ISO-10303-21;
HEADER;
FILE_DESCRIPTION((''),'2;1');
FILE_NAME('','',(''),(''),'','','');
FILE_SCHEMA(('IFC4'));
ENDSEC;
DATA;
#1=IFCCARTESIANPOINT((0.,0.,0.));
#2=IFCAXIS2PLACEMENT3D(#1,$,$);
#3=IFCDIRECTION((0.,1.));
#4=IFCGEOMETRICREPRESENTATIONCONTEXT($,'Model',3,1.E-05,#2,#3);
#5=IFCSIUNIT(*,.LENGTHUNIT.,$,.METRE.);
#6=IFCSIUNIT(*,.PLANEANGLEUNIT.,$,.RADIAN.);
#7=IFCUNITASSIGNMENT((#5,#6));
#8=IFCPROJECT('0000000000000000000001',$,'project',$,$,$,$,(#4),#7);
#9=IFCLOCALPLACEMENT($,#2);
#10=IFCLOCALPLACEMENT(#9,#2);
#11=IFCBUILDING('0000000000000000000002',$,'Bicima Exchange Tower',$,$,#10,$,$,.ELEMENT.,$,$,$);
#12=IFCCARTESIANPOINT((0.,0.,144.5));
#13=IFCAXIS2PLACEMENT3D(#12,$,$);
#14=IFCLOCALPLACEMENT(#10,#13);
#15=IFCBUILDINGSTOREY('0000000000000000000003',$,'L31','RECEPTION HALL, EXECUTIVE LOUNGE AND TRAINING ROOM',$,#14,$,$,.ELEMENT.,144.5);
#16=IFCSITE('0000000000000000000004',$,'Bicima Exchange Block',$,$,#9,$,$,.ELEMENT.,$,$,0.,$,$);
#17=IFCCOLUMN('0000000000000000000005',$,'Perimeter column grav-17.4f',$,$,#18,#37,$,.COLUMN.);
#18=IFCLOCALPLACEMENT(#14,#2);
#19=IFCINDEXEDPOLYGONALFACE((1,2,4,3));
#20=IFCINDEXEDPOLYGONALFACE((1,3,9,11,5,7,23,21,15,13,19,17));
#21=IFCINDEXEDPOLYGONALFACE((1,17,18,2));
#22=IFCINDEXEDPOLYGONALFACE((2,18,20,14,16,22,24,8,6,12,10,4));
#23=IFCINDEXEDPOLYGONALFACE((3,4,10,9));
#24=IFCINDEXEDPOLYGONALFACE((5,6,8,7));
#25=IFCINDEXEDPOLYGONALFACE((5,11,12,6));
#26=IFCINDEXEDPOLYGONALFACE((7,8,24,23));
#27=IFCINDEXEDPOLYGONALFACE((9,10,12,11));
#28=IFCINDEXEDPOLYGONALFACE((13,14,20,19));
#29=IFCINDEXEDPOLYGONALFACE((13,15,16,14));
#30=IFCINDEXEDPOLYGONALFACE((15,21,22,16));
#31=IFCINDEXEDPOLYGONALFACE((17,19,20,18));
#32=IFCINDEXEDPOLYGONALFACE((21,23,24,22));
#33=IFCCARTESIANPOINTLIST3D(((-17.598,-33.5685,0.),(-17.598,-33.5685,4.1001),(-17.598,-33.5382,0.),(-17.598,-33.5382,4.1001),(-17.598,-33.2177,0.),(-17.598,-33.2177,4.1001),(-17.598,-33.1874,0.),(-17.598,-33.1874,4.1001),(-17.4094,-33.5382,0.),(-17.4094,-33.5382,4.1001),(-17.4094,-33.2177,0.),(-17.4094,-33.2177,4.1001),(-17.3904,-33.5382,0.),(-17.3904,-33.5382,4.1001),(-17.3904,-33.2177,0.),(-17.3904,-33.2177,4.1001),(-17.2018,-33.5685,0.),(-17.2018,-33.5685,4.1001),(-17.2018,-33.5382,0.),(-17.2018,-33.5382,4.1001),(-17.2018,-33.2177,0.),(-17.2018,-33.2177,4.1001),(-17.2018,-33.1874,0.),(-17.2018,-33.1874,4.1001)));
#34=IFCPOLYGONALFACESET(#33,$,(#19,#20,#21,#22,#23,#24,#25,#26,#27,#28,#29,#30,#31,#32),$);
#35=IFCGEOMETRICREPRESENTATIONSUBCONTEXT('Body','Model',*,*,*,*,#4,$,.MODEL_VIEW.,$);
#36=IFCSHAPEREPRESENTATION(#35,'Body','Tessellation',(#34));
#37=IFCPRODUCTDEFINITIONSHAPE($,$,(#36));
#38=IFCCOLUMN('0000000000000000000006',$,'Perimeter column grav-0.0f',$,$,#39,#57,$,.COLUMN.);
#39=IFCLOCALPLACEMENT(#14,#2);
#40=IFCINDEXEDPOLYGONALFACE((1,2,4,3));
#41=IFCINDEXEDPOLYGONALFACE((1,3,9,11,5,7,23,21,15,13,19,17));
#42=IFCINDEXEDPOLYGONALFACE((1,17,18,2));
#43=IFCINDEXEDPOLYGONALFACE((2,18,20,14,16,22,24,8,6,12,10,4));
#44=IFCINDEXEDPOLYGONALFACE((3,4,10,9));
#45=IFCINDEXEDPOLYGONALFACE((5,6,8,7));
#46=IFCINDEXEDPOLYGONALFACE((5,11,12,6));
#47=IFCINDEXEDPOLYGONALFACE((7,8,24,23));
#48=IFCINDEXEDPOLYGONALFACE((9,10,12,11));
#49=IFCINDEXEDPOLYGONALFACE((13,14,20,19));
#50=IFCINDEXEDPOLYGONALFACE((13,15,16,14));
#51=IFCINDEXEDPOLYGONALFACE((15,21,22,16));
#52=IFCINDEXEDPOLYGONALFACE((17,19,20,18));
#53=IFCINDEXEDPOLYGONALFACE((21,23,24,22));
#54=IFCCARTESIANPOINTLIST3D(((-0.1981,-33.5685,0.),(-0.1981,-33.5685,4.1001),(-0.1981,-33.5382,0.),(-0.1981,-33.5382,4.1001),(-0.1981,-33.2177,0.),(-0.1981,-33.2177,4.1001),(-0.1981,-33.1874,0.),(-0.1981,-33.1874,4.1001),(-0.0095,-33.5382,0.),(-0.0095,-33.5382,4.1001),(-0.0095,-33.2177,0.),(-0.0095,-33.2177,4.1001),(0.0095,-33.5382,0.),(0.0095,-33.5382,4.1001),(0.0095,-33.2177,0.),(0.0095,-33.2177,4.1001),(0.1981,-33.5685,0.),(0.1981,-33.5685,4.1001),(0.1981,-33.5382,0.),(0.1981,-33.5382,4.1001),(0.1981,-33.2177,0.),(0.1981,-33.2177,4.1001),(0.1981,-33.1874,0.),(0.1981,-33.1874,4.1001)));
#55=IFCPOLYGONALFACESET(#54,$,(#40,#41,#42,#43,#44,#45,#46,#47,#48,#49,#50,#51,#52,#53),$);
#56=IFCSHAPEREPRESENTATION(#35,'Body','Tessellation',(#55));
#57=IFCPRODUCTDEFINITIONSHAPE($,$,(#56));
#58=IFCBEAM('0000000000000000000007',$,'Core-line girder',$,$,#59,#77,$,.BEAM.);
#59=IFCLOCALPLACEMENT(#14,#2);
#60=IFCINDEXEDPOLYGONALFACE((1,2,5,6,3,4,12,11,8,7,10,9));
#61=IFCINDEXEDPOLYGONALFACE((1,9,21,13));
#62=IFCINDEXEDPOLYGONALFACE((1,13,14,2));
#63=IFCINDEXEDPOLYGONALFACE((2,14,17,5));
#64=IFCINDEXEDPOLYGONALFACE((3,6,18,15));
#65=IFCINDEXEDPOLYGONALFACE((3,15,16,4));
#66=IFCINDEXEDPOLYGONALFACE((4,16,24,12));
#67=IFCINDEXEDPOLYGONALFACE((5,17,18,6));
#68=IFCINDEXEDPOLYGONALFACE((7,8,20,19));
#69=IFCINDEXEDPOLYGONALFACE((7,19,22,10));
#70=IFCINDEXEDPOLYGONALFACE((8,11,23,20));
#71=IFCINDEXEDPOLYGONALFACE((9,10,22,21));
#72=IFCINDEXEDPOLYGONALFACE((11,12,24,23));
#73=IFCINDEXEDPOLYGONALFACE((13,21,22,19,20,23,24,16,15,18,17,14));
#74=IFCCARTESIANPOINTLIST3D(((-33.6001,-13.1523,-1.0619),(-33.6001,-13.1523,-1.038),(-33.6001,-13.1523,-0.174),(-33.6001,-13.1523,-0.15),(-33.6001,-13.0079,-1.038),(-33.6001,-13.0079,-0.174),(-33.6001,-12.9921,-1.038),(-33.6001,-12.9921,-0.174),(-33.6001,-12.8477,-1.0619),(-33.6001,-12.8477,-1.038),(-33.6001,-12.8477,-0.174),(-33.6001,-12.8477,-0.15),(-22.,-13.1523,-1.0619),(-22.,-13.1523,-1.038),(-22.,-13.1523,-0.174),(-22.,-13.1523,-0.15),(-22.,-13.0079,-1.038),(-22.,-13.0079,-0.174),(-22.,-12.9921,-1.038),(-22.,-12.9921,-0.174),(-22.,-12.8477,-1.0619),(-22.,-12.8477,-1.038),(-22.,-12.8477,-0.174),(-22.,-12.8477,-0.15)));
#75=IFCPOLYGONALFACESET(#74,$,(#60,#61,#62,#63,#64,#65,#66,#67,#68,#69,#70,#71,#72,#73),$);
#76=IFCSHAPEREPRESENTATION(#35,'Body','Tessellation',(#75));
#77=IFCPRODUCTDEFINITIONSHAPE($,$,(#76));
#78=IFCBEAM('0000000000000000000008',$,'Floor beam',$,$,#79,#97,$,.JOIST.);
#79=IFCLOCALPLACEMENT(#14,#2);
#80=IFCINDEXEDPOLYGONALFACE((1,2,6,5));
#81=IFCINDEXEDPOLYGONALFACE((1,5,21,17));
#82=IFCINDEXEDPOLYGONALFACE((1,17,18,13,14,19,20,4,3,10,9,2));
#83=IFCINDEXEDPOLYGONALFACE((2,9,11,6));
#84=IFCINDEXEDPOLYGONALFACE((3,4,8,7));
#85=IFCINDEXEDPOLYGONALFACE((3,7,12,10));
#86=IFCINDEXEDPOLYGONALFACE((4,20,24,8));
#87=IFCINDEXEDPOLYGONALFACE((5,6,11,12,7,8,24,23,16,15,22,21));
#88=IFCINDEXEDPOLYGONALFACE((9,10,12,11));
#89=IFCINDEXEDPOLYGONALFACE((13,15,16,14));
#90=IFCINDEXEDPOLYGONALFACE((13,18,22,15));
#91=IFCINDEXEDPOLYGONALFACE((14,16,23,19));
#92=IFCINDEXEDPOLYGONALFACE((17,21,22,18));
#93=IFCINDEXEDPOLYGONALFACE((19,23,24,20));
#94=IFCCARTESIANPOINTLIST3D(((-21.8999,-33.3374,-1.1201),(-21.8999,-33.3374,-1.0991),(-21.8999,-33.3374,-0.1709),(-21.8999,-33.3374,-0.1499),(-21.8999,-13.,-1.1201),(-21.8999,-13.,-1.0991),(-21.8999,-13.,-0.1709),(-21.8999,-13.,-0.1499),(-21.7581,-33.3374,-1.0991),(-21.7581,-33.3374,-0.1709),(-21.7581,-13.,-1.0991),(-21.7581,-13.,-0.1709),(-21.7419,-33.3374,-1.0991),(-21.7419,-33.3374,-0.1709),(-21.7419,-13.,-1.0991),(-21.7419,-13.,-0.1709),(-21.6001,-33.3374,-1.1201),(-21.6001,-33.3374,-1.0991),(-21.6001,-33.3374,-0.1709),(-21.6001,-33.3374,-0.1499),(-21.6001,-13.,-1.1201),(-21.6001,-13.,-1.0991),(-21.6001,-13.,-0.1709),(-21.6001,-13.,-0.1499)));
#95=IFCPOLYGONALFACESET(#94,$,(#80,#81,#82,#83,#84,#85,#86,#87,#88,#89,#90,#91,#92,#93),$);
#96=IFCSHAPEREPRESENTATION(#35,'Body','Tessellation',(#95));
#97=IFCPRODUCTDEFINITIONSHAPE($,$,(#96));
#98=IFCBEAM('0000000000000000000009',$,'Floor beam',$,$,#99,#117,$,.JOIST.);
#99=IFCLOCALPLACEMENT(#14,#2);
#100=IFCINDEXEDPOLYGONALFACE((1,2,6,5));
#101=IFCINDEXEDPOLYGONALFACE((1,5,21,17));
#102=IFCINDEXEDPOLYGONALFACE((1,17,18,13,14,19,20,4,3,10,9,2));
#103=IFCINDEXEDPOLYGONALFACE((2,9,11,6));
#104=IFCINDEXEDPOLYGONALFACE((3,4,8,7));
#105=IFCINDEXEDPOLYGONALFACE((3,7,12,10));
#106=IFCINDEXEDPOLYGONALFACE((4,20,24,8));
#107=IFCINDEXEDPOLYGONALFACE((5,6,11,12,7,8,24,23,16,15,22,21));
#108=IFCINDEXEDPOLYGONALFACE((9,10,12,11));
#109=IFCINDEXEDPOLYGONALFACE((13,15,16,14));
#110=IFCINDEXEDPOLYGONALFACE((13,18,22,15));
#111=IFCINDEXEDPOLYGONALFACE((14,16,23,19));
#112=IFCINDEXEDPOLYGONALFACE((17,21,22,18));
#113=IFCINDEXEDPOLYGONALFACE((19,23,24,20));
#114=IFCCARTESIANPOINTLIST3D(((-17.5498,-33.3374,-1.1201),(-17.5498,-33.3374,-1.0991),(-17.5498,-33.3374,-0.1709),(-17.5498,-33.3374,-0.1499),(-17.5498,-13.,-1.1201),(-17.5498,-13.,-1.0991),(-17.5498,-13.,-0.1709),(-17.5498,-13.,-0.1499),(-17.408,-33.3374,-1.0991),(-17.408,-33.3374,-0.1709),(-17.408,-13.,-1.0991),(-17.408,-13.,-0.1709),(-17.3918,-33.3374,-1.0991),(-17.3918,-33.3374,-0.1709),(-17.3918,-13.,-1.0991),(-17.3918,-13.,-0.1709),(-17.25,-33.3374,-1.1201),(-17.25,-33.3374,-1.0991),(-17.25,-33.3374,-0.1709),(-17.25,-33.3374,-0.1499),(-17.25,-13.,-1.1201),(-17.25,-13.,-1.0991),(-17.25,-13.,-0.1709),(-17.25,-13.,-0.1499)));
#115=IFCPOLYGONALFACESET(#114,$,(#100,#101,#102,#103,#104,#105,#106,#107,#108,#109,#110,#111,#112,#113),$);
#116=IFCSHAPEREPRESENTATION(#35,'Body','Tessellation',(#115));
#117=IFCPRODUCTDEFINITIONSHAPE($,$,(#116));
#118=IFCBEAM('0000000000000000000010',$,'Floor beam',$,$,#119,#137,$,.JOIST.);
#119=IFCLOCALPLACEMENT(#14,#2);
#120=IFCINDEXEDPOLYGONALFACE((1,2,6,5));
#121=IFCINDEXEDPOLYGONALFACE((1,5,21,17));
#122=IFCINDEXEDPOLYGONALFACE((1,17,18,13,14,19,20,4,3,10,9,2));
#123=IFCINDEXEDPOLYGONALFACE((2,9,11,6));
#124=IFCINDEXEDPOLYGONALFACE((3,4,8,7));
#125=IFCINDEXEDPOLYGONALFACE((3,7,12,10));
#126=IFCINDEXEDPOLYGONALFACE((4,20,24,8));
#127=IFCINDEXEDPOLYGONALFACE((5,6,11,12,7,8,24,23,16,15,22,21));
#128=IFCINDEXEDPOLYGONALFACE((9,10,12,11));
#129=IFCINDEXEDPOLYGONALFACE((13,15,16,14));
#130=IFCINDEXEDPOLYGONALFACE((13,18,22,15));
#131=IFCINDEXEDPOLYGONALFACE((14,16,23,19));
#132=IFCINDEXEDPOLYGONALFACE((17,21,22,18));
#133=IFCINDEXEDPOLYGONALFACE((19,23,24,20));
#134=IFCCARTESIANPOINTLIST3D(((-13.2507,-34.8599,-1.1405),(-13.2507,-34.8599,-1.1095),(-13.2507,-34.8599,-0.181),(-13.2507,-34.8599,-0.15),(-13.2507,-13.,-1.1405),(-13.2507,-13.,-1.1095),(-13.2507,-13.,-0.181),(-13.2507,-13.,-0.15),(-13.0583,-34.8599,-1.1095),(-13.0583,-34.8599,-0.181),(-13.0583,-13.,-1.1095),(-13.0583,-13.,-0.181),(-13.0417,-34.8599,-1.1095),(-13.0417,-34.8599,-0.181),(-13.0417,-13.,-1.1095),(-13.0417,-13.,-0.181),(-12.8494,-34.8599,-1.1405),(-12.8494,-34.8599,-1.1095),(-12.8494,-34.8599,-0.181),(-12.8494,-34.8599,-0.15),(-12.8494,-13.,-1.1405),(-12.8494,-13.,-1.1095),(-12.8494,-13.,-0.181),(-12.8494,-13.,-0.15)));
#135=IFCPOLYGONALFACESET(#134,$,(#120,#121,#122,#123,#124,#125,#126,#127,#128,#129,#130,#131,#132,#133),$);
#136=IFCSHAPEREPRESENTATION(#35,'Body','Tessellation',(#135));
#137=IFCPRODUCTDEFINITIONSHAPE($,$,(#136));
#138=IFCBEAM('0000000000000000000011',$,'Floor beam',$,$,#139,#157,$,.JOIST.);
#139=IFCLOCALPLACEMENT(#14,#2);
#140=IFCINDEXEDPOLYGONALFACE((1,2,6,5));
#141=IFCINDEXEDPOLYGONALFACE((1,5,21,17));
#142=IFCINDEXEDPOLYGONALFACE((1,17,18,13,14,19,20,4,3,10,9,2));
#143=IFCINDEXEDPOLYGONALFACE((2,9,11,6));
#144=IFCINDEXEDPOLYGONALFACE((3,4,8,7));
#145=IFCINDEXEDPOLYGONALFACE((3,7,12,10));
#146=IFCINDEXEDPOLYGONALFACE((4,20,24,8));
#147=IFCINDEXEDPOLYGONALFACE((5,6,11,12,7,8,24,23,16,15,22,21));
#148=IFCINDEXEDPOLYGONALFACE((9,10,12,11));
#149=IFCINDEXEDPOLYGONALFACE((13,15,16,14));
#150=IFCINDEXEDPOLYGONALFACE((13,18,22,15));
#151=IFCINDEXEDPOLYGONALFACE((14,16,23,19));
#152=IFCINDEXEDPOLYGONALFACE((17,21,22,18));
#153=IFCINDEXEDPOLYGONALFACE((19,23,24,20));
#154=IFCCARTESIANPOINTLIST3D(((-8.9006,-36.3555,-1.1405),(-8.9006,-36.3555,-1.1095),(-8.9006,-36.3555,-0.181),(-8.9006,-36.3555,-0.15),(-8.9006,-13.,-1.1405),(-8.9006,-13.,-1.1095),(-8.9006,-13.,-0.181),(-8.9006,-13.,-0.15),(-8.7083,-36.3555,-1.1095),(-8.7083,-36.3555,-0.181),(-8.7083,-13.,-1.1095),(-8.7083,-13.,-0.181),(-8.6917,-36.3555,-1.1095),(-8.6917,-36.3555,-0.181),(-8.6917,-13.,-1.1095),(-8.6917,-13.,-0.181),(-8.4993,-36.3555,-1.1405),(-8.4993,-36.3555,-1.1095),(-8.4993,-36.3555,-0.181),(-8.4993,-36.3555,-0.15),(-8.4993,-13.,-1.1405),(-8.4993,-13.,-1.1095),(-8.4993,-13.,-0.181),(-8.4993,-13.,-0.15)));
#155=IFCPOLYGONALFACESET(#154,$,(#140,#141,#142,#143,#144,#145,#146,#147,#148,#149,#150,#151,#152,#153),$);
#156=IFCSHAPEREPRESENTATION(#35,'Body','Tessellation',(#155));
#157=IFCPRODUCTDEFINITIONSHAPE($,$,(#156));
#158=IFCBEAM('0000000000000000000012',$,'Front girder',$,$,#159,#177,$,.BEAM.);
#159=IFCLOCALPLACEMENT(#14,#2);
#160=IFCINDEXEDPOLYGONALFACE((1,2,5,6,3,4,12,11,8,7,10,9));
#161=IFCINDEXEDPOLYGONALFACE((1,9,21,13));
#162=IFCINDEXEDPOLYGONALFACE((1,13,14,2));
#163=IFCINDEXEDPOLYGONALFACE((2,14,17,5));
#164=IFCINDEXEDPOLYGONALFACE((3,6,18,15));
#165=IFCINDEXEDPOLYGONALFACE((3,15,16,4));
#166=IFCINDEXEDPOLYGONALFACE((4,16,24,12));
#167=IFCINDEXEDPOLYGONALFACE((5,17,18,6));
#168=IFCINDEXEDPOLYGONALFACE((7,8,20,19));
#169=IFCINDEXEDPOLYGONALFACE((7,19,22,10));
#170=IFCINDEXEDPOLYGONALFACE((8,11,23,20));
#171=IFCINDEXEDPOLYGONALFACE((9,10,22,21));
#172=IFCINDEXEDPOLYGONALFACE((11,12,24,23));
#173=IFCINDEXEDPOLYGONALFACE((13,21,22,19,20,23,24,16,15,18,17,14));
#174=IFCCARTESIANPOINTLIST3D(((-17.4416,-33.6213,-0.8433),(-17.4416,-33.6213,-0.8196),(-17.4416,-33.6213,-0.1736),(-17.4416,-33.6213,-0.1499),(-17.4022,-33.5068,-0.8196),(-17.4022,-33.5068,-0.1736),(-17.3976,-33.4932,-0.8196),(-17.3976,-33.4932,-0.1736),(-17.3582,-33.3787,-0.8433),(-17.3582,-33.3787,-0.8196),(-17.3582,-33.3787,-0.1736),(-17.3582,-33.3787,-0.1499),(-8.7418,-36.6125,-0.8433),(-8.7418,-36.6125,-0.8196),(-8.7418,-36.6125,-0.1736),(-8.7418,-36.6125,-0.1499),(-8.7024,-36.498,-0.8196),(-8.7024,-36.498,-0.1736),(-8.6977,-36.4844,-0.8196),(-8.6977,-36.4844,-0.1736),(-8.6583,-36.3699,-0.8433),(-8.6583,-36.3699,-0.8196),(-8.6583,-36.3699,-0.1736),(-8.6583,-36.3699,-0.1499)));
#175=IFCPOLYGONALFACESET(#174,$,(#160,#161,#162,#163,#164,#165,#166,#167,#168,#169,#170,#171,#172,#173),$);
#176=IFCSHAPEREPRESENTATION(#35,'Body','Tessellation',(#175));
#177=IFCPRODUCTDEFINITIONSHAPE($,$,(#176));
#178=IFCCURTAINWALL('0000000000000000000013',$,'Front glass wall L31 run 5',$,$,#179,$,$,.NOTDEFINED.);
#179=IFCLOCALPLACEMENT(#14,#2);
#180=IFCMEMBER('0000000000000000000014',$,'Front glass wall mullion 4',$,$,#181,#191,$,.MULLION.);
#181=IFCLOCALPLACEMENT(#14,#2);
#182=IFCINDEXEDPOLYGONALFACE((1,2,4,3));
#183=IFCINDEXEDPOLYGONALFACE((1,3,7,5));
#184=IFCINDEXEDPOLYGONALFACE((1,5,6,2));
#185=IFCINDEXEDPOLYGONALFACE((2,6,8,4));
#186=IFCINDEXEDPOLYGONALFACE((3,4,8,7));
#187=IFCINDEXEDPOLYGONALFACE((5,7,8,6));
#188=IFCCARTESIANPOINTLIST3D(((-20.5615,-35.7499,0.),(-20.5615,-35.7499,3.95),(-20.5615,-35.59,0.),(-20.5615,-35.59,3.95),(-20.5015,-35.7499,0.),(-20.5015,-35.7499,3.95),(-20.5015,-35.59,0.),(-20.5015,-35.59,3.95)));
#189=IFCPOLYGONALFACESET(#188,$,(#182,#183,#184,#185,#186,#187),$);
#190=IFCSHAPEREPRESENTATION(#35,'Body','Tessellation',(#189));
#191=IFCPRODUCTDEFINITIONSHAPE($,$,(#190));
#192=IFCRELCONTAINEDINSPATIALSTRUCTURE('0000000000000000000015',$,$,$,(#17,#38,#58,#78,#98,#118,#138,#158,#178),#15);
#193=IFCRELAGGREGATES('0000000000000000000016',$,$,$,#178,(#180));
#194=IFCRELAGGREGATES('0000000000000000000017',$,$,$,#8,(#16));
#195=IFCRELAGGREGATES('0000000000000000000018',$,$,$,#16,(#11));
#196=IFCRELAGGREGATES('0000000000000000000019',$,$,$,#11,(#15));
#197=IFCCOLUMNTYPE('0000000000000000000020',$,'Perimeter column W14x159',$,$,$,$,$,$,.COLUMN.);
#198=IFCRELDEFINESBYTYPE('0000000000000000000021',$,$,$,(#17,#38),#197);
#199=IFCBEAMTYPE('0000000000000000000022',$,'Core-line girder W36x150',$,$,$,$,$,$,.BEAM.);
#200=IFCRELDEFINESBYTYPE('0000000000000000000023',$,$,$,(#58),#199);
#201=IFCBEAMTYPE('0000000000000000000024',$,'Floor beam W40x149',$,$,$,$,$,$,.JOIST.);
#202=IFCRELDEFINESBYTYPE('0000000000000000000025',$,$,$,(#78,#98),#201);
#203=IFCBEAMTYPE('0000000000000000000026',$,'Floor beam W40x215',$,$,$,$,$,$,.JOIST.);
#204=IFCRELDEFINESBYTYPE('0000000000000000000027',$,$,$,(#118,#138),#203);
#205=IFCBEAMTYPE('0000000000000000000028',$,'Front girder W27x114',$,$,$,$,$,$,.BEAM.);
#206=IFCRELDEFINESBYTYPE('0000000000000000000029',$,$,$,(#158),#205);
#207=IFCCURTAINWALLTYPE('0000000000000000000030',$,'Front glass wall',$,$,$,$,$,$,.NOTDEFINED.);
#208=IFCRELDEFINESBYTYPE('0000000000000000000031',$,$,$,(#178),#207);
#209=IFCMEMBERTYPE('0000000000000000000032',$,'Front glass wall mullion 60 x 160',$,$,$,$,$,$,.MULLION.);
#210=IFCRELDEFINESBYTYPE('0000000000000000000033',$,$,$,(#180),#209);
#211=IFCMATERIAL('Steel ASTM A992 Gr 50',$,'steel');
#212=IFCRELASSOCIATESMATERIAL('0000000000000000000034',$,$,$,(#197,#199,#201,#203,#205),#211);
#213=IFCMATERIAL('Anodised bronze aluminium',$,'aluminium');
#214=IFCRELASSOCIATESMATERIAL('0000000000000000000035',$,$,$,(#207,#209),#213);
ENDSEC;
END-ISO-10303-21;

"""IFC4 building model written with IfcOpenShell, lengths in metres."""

from ifc_helpers import new_model, si_unit, direction, frame, origin, origin_2d, place, context, subcontext, project, spatial, rectangle, i_section, extrude, material, material_profile, profile_set, type_object, element, aggregate, save


model = new_model("IFC4")

# Units and contexts
model_context = context("Model", 3, precision=1e-05, world=origin(), true_north=direction((0.0, 1.0)))
body_context = subcontext(model_context, "Body", "Model", "MODEL_VIEW")
ifc_project = project(units=[si_unit("LENGTHUNIT", "METRE"), si_unit("PLANEANGLEUNIT", "RADIAN")], contexts=[model_context])

# Site, building, storey
site_placement = place(None, origin())
site = spatial("IfcSite", under=ifc_project, at=site_placement, Name="Bicima Exchange Block", CompositionType="ELEMENT", RefElevation=0.0)
building_placement = place(site_placement, origin())
building = spatial("IfcBuilding", under=site, at=building_placement, Name="Bicima Exchange Tower", CompositionType="ELEMENT")
storey_placement = place(building_placement, frame((0.0, 0.0, 144.5)))
storey = spatial("IfcBuildingStorey", under=building, at=storey_placement, Name="L31", Description="RECEPTION HALL, EXECUTIVE LOUNGE AND TRAINING ROOM", CompositionType="ELEMENT", Elevation=144.5)

# Columns
ifc_material_1 = material(Name="Steel ASTM A992 Gr 50", Category="steel")
ifc_material_profile_1 = material_profile(ifc_material_1, i_section(OverallWidth=0.3962, OverallDepth=0.3811, WebThickness=0.019, FlangeThickness=0.0303, at=origin_2d()))
ifc_profile_set_1 = profile_set([ifc_material_profile_1], Name="Steel ASTM A992 Gr 50")
column_type = type_object("IfcColumnType", Name="Perimeter column W14x159", PredefinedType="COLUMN", material=ifc_profile_set_1)
for number, where, z_axis, x_axis, name in (
    (1, (-17.3999, -33.3779, 0.0), (0.0, 0.0, 1.0), (1.0, 0.0, 0.0), "Perimeter column grav-17.4f"),
    (2, (0.0, -33.3779, 0.0), (0.0, 0.0, 1.0), (1.0, 0.0, 0.0), "Perimeter column grav-0.0f"),
):
    element("IfcColumn", number, at=place(storey_placement, frame(where, z_axis=z_axis, x_axis=x_axis)), inside=storey, type_object=column_type, Name=name, PredefinedType="COLUMN", context=body_context, shape_type="SweptSolid", body=[
        extrude(i_section(OverallWidth=0.3962, OverallDepth=0.3811, WebThickness=0.019, FlangeThickness=0.0303, at=origin_2d()), origin(), (0.0, 0.0, 1.0), 4.1001),
    ])

# Beams
ifc_material_profile_2 = material_profile(ifc_material_1, i_section(OverallWidth=0.3047, OverallDepth=0.9119, WebThickness=0.0159, FlangeThickness=0.0239, at=origin_2d()))
ifc_profile_set_2 = profile_set([ifc_material_profile_2], Name="Steel ASTM A992 Gr 50")
beam_type_1 = type_object("IfcBeamType", Name="Core-line girder W36x150", PredefinedType="BEAM", material=ifc_profile_set_2)
beam_1_placement = place(storey_placement, frame((-22.0, -13.0, -0.606), z_axis=(-1.0, 0.0, 0.0), x_axis=(0.0, -1.0, 0.0)))
element("IfcBeam", 3, at=beam_1_placement, inside=storey, type_object=beam_type_1, Name="Core-line girder", PredefinedType="BEAM", context=body_context, shape_type="SweptSolid", body=[
    extrude(i_section(OverallWidth=0.3047, OverallDepth=0.9119, WebThickness=0.0159, FlangeThickness=0.0239, at=origin_2d()), origin(), (0.0, 0.0, 1.0), 11.6001),
])
ifc_material_profile_3 = material_profile(ifc_material_1, i_section(OverallWidth=0.2998, OverallDepth=0.9702, WebThickness=0.0161, FlangeThickness=0.021, at=origin_2d()))
ifc_profile_set_3 = profile_set([ifc_material_profile_3], Name="Steel ASTM A992 Gr 50")
beam_type_2 = type_object("IfcBeamType", Name="Floor beam W40x149", PredefinedType="JOIST", material=ifc_profile_set_3)
for number, where, z_axis, x_axis, name in (
    (4, (-21.75, -13.0, -0.635), (0.0, -1.0, 0.0), (1.0, 0.0, 0.0), "Floor beam"),
    (5, (-17.3999, -13.0, -0.635), (0.0, -1.0, 0.0), (1.0, 0.0, 0.0), "Floor beam"),
):
    element("IfcBeam", number, at=place(storey_placement, frame(where, z_axis=z_axis, x_axis=x_axis)), inside=storey, type_object=beam_type_2, Name=name, PredefinedType="JOIST", context=body_context, shape_type="SweptSolid", body=[
        extrude(i_section(OverallWidth=0.2998, OverallDepth=0.9702, WebThickness=0.0161, FlangeThickness=0.021, at=origin_2d()), origin(), (0.0, 0.0, 1.0), 20.3374),
    ])
ifc_material_profile_4 = material_profile(ifc_material_1, i_section(OverallWidth=0.4014, OverallDepth=0.9905, WebThickness=0.0166, FlangeThickness=0.031, at=origin_2d()))
ifc_profile_set_4 = profile_set([ifc_material_profile_4], Name="Steel ASTM A992 Gr 50")
beam_type_3 = type_object("IfcBeamType", Name="Floor beam W40x215", PredefinedType="JOIST", material=ifc_profile_set_4)
beam_2_placement = place(storey_placement, frame((-13.05, -13.0, -0.6453), z_axis=(0.0, -1.0, 0.0), x_axis=(1.0, 0.0, 0.0)))
element("IfcBeam", 6, at=beam_2_placement, inside=storey, type_object=beam_type_3, Name="Floor beam", PredefinedType="JOIST", context=body_context, shape_type="SweptSolid", body=[
    extrude(i_section(OverallWidth=0.4014, OverallDepth=0.9905, WebThickness=0.0166, FlangeThickness=0.031, at=origin_2d()), origin(), (0.0, 0.0, 1.0), 21.8599),
])
beam_3_placement = place(storey_placement, frame((-8.7, -13.0, -0.6453), z_axis=(0.0, -1.0, 0.0), x_axis=(1.0, 0.0, 0.0)))
element("IfcBeam", 7, at=beam_3_placement, inside=storey, type_object=beam_type_3, Name="Floor beam", PredefinedType="JOIST", context=body_context, shape_type="SweptSolid", body=[
    extrude(i_section(OverallWidth=0.4014, OverallDepth=0.9905, WebThickness=0.0166, FlangeThickness=0.031, at=origin_2d()), origin(), (0.0, 0.0, 1.0), 23.3555),
])
ifc_material_profile_5 = material_profile(ifc_material_1, i_section(OverallWidth=0.2566, OverallDepth=0.6934, WebThickness=0.0144, FlangeThickness=0.0237, at=origin_2d()))
ifc_profile_set_5 = profile_set([ifc_material_profile_5], Name="Steel ASTM A992 Gr 50")
beam_type_4 = type_object("IfcBeamType", Name="Front girder W27x114", PredefinedType="BEAM", material=ifc_profile_set_5)
beam_4_placement = place(storey_placement, frame((-17.3999, -33.5, -0.4966), z_axis=(0.945666, -0.325138, 0.0), x_axis=(0.325138, 0.945666, 0.0)))
element("IfcBeam", 8, at=beam_4_placement, inside=storey, type_object=beam_type_4, Name="Front girder", PredefinedType="BEAM", context=body_context, shape_type="SweptSolid", body=[
    extrude(i_section(OverallWidth=0.2566, OverallDepth=0.6934, WebThickness=0.0144, FlangeThickness=0.0237, at=origin_2d()), origin(), (0.0, 0.0, 1.0), 9.1997),
])

# Curtain wall, member
ifc_material_2 = material(Name="Anodised bronze aluminium", Category="aluminium")
curtain_wall_type = type_object("IfcCurtainWallType", Name="Front glass wall", PredefinedType="NOTDEFINED", material=ifc_material_2)
curtain_wall_1_placement = place(storey_placement, origin())
curtain_wall_1 = element("IfcCurtainWall", 9, at=curtain_wall_1_placement, inside=storey, type_object=curtain_wall_type, Name="Front glass wall L31 run 5", PredefinedType="NOTDEFINED")
ifc_material_profile_6 = material_profile(ifc_material_2, rectangle(XDim=0.1599, YDim=0.0601, at=origin_2d()))
ifc_profile_set_6 = profile_set([ifc_material_profile_6], Name="Anodised bronze aluminium")
member_type_1 = type_object("IfcMemberType", Name="Front glass wall mullion 60 x 160", PredefinedType="MULLION", material=ifc_profile_set_6)
member_1_placement = place(storey_placement, frame((-20.5315, -35.6699, 0.0), z_axis=(0.0, 0.0, 1.0), x_axis=(0.0, 1.0, 0.0)))
member_1 = element("IfcMember", 10, at=member_1_placement, type_object=member_type_1, Name="Front glass wall mullion 4", PredefinedType="MULLION", context=body_context, shape_type="SweptSolid", body=[
    extrude(rectangle(XDim=0.1599, YDim=0.0601, at=origin_2d()), origin(), (0.0, 0.0, 1.0), 3.95),
])

aggregate(curtain_wall_1, [member_1])

save(model, "model.ifc")
